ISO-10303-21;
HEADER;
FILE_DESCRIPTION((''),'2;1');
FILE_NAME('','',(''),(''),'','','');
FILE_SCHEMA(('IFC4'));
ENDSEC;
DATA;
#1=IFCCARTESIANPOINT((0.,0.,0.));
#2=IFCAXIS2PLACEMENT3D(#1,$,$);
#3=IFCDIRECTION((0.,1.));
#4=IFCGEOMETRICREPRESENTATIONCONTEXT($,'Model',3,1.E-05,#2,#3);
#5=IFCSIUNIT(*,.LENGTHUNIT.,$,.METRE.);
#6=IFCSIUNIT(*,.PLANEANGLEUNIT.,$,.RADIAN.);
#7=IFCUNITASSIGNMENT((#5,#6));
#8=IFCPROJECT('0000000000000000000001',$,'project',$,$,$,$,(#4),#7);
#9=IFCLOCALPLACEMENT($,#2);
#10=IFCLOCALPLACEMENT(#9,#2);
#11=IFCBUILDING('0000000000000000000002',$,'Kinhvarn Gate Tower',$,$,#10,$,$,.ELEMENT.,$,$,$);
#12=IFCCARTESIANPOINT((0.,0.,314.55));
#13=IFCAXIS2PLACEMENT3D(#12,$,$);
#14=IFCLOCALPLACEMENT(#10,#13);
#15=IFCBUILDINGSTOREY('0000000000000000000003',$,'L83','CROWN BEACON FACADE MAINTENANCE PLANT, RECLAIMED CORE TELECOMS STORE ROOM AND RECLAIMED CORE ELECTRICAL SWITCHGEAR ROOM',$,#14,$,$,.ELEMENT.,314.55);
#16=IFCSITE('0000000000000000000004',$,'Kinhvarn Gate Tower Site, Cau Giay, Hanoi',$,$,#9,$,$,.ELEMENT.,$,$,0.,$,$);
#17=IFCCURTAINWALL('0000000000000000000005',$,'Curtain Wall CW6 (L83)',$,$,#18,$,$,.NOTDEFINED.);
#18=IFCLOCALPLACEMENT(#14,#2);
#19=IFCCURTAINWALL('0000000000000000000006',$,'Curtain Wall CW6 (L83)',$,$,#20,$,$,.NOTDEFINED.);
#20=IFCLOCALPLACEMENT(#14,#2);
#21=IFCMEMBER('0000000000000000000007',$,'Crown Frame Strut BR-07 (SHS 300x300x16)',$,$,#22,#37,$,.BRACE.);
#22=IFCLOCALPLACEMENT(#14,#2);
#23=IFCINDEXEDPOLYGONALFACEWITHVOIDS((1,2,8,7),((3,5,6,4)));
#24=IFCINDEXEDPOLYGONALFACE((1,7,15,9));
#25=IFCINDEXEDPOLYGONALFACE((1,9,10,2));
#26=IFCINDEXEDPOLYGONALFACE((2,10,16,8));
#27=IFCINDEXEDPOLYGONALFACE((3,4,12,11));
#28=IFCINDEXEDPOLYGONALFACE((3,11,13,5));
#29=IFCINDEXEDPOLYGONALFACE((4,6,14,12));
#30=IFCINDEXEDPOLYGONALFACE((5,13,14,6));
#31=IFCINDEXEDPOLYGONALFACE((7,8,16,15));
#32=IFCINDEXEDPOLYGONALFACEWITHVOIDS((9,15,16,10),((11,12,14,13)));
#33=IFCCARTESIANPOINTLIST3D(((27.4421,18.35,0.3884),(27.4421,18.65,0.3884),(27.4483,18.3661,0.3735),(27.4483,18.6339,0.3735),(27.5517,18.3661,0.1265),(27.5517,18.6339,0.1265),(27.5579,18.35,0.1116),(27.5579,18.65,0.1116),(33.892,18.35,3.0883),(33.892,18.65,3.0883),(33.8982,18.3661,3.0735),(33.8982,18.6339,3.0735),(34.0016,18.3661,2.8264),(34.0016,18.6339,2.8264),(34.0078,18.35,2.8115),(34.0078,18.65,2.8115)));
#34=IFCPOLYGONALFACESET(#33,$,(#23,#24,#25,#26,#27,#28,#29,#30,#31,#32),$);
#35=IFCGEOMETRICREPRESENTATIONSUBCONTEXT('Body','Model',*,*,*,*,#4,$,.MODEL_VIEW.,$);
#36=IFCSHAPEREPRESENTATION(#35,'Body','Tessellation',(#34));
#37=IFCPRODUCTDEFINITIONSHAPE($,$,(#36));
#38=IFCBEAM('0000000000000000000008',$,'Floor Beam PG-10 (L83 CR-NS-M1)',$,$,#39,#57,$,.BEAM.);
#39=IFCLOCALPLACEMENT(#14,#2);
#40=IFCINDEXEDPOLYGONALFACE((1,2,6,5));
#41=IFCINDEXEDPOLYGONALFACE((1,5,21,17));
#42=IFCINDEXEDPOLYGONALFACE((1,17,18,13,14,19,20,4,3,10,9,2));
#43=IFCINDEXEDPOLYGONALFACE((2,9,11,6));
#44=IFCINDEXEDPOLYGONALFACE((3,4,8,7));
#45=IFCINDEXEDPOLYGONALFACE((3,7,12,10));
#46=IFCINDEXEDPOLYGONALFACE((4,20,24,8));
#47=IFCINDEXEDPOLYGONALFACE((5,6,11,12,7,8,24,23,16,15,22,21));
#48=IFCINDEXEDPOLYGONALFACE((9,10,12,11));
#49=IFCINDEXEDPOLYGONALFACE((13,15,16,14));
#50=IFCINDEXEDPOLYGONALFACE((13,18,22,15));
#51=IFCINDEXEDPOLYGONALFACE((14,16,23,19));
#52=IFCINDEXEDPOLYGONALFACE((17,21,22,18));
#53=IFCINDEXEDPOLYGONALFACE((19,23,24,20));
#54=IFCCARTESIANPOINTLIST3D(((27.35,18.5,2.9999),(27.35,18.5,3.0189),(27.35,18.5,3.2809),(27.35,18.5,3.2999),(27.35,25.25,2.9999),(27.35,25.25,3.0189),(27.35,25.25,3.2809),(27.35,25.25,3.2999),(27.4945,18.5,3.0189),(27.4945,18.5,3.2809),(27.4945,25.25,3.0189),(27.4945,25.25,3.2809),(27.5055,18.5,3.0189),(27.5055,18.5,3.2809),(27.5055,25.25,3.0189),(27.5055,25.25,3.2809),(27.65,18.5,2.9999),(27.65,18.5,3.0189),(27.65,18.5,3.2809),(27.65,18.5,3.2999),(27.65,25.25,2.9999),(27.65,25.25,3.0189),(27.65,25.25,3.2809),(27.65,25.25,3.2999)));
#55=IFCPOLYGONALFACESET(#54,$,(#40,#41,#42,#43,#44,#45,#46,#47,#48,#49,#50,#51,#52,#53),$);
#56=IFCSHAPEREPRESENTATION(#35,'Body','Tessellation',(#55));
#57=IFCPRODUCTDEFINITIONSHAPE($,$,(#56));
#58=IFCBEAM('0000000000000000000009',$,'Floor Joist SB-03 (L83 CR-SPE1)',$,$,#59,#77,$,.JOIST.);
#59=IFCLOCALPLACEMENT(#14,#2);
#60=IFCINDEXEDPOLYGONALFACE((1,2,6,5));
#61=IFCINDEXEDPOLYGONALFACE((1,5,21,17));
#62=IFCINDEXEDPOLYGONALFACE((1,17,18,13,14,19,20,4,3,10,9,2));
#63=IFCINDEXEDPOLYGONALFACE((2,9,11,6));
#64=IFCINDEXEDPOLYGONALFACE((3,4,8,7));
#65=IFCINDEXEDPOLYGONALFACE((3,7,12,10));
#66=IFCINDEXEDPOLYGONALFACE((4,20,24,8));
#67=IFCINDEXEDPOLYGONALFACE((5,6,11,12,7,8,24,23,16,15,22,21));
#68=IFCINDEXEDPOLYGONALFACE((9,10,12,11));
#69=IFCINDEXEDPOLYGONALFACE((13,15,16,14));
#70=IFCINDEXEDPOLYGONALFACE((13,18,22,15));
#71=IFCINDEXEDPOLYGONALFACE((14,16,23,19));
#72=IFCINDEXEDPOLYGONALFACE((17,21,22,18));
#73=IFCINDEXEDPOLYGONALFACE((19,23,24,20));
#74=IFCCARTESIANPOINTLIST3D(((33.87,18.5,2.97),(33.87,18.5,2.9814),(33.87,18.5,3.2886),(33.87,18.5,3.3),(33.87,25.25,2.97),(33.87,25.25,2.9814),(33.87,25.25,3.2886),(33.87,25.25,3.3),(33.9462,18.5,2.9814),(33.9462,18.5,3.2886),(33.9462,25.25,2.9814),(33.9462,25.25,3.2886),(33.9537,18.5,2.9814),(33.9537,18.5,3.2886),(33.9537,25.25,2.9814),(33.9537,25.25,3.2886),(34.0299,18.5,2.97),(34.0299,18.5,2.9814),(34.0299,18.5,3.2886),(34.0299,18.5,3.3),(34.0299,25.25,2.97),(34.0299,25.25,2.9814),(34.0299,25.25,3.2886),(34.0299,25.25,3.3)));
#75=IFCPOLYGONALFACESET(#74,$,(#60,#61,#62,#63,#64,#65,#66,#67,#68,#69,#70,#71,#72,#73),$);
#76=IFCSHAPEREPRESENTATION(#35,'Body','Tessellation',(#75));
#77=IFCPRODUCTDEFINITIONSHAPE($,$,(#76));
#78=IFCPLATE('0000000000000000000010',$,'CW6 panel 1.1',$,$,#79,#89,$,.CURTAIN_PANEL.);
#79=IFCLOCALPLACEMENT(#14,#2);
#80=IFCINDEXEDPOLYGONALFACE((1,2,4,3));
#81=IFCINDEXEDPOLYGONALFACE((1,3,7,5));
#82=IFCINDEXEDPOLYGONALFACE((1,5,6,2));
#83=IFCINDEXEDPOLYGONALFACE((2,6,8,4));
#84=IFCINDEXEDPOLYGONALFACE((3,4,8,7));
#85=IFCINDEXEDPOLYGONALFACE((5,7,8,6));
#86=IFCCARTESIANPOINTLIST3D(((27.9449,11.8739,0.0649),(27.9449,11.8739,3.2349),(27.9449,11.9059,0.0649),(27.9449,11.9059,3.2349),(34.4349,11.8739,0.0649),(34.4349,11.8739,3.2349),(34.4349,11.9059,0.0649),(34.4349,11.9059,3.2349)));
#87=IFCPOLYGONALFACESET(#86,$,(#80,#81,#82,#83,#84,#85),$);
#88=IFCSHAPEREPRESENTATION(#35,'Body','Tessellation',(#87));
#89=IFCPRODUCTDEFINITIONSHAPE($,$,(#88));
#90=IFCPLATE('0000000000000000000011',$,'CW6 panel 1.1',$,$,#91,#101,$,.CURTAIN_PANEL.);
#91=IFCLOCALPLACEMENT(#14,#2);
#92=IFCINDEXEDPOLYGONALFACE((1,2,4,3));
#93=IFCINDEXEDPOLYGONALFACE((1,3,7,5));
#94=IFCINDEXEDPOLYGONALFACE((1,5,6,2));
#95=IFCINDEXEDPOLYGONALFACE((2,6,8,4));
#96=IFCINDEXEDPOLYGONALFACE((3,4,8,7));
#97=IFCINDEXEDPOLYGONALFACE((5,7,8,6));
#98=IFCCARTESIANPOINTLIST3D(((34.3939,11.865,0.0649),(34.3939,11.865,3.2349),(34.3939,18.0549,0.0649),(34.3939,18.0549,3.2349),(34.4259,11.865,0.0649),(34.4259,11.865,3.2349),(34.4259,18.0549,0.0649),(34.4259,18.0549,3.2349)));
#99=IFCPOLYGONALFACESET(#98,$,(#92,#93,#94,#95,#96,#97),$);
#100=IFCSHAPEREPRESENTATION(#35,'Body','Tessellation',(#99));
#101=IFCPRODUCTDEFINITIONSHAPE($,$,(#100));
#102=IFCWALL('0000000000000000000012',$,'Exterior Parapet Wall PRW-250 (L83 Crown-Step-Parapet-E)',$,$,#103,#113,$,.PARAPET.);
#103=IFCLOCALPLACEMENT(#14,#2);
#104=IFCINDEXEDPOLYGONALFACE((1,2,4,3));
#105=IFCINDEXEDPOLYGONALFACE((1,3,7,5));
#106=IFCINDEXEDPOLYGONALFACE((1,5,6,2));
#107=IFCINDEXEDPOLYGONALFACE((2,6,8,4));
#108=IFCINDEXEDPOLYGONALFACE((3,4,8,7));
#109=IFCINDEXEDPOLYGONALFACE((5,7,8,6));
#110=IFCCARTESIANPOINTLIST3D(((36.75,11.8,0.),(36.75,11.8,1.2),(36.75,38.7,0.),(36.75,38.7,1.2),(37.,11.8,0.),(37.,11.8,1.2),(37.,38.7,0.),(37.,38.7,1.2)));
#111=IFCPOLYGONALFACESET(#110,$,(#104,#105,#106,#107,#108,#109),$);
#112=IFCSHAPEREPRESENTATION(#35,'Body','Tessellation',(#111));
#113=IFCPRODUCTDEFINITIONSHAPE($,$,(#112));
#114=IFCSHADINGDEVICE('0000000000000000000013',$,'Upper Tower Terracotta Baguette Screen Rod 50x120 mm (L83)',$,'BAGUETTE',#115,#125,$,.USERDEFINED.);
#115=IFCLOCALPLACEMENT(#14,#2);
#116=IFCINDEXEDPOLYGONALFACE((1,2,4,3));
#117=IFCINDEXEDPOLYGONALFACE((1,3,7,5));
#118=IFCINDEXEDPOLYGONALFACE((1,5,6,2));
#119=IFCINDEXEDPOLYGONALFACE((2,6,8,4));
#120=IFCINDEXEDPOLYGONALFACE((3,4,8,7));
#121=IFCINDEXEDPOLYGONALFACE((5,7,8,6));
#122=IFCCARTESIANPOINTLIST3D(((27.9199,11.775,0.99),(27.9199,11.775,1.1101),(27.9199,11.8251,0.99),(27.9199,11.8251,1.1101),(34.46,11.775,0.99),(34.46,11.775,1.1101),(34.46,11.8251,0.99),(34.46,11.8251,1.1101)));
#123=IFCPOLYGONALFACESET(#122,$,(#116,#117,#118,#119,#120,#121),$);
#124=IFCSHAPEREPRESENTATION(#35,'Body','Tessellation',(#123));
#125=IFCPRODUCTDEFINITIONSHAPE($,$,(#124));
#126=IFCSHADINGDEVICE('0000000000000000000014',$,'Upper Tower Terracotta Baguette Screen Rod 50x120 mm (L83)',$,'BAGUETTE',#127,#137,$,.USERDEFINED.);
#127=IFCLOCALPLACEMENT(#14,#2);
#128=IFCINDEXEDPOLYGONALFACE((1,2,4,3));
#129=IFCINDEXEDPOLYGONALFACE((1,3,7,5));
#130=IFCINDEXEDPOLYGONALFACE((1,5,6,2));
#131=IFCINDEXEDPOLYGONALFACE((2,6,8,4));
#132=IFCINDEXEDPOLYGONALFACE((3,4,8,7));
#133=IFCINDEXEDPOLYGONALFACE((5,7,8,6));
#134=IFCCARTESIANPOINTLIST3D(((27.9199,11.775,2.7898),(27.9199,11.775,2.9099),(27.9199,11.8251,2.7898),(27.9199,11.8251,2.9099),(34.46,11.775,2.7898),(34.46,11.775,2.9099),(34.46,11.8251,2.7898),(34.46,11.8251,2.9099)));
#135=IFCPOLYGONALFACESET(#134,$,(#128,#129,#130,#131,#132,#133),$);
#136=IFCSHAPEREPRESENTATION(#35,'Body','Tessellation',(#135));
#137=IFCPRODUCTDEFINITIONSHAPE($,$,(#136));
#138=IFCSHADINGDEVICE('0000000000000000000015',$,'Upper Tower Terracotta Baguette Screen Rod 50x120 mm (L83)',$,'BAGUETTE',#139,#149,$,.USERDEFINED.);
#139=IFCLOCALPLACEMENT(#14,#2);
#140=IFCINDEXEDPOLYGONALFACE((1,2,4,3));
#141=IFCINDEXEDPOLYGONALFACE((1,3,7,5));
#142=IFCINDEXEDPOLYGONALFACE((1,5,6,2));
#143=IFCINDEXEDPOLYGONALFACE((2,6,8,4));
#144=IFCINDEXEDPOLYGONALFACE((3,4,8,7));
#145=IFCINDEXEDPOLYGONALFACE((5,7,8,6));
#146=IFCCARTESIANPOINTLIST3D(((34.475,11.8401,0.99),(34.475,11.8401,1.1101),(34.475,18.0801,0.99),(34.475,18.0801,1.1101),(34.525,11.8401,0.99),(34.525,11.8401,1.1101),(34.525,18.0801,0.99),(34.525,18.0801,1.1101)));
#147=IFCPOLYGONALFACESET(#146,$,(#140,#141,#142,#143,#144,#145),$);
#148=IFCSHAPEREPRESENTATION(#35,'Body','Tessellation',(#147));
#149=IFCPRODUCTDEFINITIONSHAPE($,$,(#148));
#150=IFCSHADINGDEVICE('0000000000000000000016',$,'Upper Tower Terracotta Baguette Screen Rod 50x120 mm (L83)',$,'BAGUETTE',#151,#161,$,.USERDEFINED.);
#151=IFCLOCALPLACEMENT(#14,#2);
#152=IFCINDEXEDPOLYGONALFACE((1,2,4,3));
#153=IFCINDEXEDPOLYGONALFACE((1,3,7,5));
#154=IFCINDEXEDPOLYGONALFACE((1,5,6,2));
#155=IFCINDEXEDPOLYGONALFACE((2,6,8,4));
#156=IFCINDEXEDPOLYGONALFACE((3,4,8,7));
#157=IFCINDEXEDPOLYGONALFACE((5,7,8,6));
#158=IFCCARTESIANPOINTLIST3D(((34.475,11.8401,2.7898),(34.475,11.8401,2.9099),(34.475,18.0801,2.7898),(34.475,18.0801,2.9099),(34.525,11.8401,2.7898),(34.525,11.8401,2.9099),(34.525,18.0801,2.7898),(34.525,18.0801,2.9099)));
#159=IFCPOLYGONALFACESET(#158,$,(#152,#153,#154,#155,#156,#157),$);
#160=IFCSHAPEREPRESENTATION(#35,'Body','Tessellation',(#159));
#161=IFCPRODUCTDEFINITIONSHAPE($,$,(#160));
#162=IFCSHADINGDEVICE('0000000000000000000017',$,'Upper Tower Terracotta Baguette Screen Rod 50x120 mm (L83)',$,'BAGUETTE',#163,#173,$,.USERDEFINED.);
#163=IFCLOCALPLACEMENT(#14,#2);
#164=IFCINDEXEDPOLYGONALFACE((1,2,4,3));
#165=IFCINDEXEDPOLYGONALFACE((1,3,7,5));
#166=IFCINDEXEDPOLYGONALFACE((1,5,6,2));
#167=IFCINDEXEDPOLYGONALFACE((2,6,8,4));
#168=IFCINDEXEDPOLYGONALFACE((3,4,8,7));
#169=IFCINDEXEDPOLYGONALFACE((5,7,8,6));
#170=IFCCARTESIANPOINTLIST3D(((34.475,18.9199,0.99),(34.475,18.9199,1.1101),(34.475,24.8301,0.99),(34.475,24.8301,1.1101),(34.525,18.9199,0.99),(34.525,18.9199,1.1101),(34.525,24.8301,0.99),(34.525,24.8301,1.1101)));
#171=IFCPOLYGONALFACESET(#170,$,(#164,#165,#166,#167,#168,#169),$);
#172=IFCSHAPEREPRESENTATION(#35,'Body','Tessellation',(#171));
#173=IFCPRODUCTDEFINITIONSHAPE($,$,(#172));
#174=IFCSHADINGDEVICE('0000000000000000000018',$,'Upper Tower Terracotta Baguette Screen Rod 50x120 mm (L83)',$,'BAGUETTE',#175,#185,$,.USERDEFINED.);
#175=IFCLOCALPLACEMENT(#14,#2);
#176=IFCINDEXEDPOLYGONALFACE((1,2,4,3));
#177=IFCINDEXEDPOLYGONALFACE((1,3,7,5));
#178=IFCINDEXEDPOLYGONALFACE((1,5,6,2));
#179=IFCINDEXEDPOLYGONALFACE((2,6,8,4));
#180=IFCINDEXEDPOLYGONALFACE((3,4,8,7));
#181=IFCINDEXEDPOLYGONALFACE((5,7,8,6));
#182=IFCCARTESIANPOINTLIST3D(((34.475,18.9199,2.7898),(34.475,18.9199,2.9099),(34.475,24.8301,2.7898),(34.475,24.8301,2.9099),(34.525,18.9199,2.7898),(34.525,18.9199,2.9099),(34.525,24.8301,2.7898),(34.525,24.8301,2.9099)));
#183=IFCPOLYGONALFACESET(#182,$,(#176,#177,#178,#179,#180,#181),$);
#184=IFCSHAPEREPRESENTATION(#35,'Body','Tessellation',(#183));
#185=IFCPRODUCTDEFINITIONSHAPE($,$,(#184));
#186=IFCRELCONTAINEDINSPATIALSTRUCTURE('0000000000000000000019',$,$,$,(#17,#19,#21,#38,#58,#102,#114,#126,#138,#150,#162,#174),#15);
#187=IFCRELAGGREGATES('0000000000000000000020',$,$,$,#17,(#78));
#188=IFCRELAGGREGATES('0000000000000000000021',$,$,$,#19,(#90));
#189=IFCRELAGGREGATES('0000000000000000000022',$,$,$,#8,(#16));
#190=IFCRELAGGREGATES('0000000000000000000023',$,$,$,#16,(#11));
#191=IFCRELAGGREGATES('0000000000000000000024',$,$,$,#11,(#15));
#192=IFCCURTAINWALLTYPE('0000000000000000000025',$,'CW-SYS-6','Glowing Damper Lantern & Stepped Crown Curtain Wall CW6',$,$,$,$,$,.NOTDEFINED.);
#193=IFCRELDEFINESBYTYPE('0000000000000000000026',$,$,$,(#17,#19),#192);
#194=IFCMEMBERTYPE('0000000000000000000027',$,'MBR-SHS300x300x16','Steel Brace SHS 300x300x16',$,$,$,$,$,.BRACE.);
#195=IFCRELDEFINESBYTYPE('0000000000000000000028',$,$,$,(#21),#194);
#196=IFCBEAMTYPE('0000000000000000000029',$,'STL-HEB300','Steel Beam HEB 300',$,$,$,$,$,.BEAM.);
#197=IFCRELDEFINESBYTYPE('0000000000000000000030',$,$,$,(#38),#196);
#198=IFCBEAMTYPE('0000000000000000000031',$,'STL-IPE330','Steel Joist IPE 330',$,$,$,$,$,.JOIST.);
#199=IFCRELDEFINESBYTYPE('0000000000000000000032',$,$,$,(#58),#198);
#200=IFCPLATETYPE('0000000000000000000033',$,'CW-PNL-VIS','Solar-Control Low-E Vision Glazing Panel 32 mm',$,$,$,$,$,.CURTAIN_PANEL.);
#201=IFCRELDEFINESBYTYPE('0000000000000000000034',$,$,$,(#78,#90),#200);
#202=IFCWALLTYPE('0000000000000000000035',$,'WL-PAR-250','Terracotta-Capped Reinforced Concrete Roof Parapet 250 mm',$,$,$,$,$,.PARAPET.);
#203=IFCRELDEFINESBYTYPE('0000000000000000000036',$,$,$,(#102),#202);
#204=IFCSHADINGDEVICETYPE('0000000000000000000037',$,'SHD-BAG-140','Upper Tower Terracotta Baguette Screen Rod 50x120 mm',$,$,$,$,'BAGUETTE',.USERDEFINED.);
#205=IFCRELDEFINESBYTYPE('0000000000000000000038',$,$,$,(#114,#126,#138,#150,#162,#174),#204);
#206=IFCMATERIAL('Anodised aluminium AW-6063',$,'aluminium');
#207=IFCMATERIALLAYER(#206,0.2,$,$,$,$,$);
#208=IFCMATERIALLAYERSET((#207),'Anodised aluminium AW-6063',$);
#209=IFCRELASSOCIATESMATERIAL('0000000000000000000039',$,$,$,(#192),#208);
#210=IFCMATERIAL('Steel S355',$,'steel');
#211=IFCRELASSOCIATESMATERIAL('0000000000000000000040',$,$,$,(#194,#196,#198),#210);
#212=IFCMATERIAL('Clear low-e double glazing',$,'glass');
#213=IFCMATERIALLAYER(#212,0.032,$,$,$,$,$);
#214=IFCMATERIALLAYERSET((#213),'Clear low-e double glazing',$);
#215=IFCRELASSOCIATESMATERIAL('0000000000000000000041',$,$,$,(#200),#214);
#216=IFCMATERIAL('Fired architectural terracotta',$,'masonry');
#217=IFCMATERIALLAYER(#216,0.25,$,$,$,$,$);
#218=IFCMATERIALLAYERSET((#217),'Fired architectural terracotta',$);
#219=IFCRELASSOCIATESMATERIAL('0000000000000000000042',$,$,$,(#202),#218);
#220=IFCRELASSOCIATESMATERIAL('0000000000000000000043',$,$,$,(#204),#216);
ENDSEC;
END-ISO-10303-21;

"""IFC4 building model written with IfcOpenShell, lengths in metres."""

from ifc_helpers import new_model, si_unit, direction, frame, frame_2d, origin, origin_2d, place, context, subcontext, project, spatial, rectangle, hollow_rectangle, i_section, extrude, material, layer, layer_set, material_profile, profile_set, type_object, element, aggregate, save


model = new_model("IFC4")

# Units and contexts
model_context = context("Model", 3, precision=1e-05, world=origin(), true_north=direction((0.0, 1.0)))
body_context = subcontext(model_context, "Body", "Model", "MODEL_VIEW")
ifc_project = project(units=[si_unit("LENGTHUNIT", "METRE"), si_unit("PLANEANGLEUNIT", "RADIAN")], contexts=[model_context])

# Site, building, storey
site_placement = place(None, origin())
site = spatial("IfcSite", under=ifc_project, at=site_placement, Name="Kinhvarn Gate Tower Site, Cau Giay, Hanoi", CompositionType="ELEMENT", RefElevation=0.0)
building_placement = place(site_placement, origin())
building = spatial("IfcBuilding", under=site, at=building_placement, Name="Kinhvarn Gate Tower", CompositionType="ELEMENT")
storey_placement = place(building_placement, frame((0.0, 0.0, 314.55)))
storey = spatial("IfcBuildingStorey", under=building, at=storey_placement, Name="L83", Description="CROWN BEACON FACADE MAINTENANCE PLANT, RECLAIMED CORE TELECOMS STORE ROOM AND RECLAIMED CORE ELECTRICAL SWITCHGEAR ROOM", CompositionType="ELEMENT", Elevation=314.55)

# Curtain walls
ifc_material_1 = material(Name="Anodised aluminium AW-6063", Category="aluminium")
ifc_layer_1 = layer(ifc_material_1, 0.2)
ifc_layer_set_1 = layer_set([ifc_layer_1], Name="Anodised aluminium AW-6063")
curtain_wall_type = type_object("IfcCurtainWallType", Name="CW-SYS-6", Description="Glowing Damper Lantern & Stepped Crown Curtain Wall CW6", PredefinedType="NOTDEFINED", material=ifc_layer_set_1)
curtain_wall_1_placement = place(storey_placement, origin())
curtain_wall_1 = element("IfcCurtainWall", 1, at=curtain_wall_1_placement, inside=storey, type_object=curtain_wall_type, Name="Curtain Wall CW6 (L83)", PredefinedType="NOTDEFINED")
curtain_wall_2_placement = place(storey_placement, origin())
curtain_wall_2 = element("IfcCurtainWall", 2, at=curtain_wall_2_placement, inside=storey, type_object=curtain_wall_type, Name="Curtain Wall CW6 (L83)", PredefinedType="NOTDEFINED")

# Member
ifc_material_2 = material(Name="Steel S355", Category="steel")
ifc_material_profile_1 = material_profile(ifc_material_2, hollow_rectangle(XDim=0.3, YDim=0.3, WallThickness=0.0161, at=origin_2d()), Name="SHS 300x300x16")
ifc_profile_set_1 = profile_set([ifc_material_profile_1], Name="Steel S355")
member_type_1 = type_object("IfcMemberType", Name="MBR-SHS300x300x16", Description="Steel Brace SHS 300x300x16", PredefinedType="BRACE", material=ifc_profile_set_1)
member_1_placement = place(storey_placement, frame((27.5, 18.5, 0.25), z_axis=(0.922442, 0.0, 0.386135), x_axis=(0.0, 1.0, 0.0)))
element("IfcMember", 3, at=member_1_placement, inside=storey, type_object=member_type_1, Name="Crown Frame Strut BR-07 (SHS 300x300x16)", PredefinedType="BRACE", context=body_context, shape_type="SweptSolid", body=[
    extrude(hollow_rectangle(XDim=0.3, YDim=0.3, WallThickness=0.0161, at=origin_2d()), origin(), (0.0, 0.0, 1.0), 6.9922),
])

# Beams
ifc_material_profile_2 = material_profile(ifc_material_2, i_section(OverallWidth=0.3, OverallDepth=0.3, WebThickness=0.011, FlangeThickness=0.019, at=origin_2d()), Name="HEB 300")
ifc_profile_set_2 = profile_set([ifc_material_profile_2], Name="Steel S355")
beam_type_1 = type_object("IfcBeamType", Name="STL-HEB300", Description="Steel Beam HEB 300", PredefinedType="BEAM", material=ifc_profile_set_2)
beam_1_placement = place(storey_placement, frame((27.5, 18.5, 3.1499), z_axis=(0.0, 1.0, 0.0), x_axis=(-1.0, 0.0, 0.0)))
element("IfcBeam", 4, at=beam_1_placement, inside=storey, type_object=beam_type_1, Name="Floor Beam PG-10 (L83 CR-NS-M1)", PredefinedType="BEAM", context=body_context, shape_type="SweptSolid", body=[
    extrude(i_section(OverallWidth=0.3, OverallDepth=0.3, WebThickness=0.011, FlangeThickness=0.019, at=origin_2d()), origin(), (0.0, 0.0, 1.0), 6.75),
])
ifc_material_profile_3 = material_profile(ifc_material_2, i_section(OverallWidth=0.1599, OverallDepth=0.3301, WebThickness=0.0076, FlangeThickness=0.0115, at=origin_2d()), Name="IPE 330")
ifc_profile_set_3 = profile_set([ifc_material_profile_3], Name="Steel S355")
beam_type_2 = type_object("IfcBeamType", Name="STL-IPE330", Description="Steel Joist IPE 330", PredefinedType="JOIST", material=ifc_profile_set_3)
beam_2_placement = place(storey_placement, frame((33.95, 18.5, 3.135), z_axis=(0.0, 1.0, 0.0), x_axis=(-1.0, 0.0, 0.0)))
element("IfcBeam", 5, at=beam_2_placement, inside=storey, type_object=beam_type_2, Name="Floor Joist SB-03 (L83 CR-SPE1)", PredefinedType="JOIST", context=body_context, shape_type="SweptSolid", body=[
    extrude(i_section(OverallWidth=0.1599, OverallDepth=0.3301, WebThickness=0.0076, FlangeThickness=0.0115, at=origin_2d()), origin(), (0.0, 0.0, 1.0), 6.75),
])

# Plates
ifc_material_3 = material(Name="Clear low-e double glazing", Category="glass")
ifc_layer_2 = layer(ifc_material_3, 0.032)
ifc_layer_set_2 = layer_set([ifc_layer_2], Name="Clear low-e double glazing")
plate_type = type_object("IfcPlateType", Name="CW-PNL-VIS", Description="Solar-Control Low-E Vision Glazing Panel 32 mm", PredefinedType="CURTAIN_PANEL", material=ifc_layer_set_2)
plate_1_placement = place(storey_placement, frame((31.1899, 11.8899, 0.0649), z_axis=(0.0, 0.0, 1.0), x_axis=(1.0, 0.0, 0.0)))
plate_1 = element("IfcPlate", 6, at=plate_1_placement, type_object=plate_type, Name="CW6 panel 1.1", PredefinedType="CURTAIN_PANEL", context=body_context, shape_type="SweptSolid", body=[
    extrude(rectangle(XDim=6.49, YDim=0.032, at=origin_2d()), origin(), (0.0, 0.0, 1.0), 3.1699),
])
aggregate(curtain_wall_1, [plate_1])
plate_2_placement = place(storey_placement, frame((34.4099, 14.96, 0.0649), z_axis=(0.0, 0.0, 1.0), x_axis=(0.0, 1.0, 0.0)))
plate_2 = element("IfcPlate", 7, at=plate_2_placement, type_object=plate_type, Name="CW6 panel 1.1", PredefinedType="CURTAIN_PANEL", context=body_context, shape_type="SweptSolid", body=[
    extrude(rectangle(XDim=6.1899, YDim=0.032, at=origin_2d()), origin(), (0.0, 0.0, 1.0), 3.1699),
])
aggregate(curtain_wall_2, [plate_2])

# Wall
ifc_material_4 = material(Name="Fired architectural terracotta", Category="masonry")
ifc_layer_3 = layer(ifc_material_4, 0.25)
ifc_layer_set_3 = layer_set([ifc_layer_3], Name="Fired architectural terracotta")
wall_type = type_object("IfcWallType", Name="WL-PAR-250", Description="Terracotta-Capped Reinforced Concrete Roof Parapet 250 mm", PredefinedType="PARAPET", material=ifc_layer_set_3)
wall_placement = place(storey_placement, frame((36.875, 11.8, 0.0), z_axis=(0.0, 0.0, 1.0), x_axis=(0.0, 1.0, 0.0)))
element("IfcWall", 8, at=wall_placement, inside=storey, type_object=wall_type, Name="Exterior Parapet Wall PRW-250 (L83 Crown-Step-Parapet-E)", PredefinedType="PARAPET", context=body_context, shape_type="SweptSolid", body=[
    extrude(rectangle(XDim=26.8999, YDim=0.25, at=frame_2d((13.45, 0.0))), origin(), (0.0, 0.0, 1.0), 1.2),
])

# Shading devices
ifc_material_profile_4 = material_profile(ifc_material_4, rectangle(XDim=0.05, YDim=0.1201, at=origin_2d()), Name="TC 50x120")
ifc_profile_set_4 = profile_set([ifc_material_profile_4], Name="Fired architectural terracotta")
shading_device_type = type_object("IfcShadingDeviceType", Name="SHD-BAG-140", Description="Upper Tower Terracotta Baguette Screen Rod 50x120 mm", ElementType="BAGUETTE", PredefinedType="USERDEFINED", material=ifc_profile_set_4)
for number, where, z_axis, x_axis, name in (
    (9, (27.9199, 11.8, 1.05), (1.0, 0.0, 0.0), (0.0, 1.0, 0.0), "Upper Tower Terracotta Baguette Screen Rod 50x120 mm (L83)"),
    (10, (27.9199, 11.8, 2.8499), (1.0, 0.0, 0.0), (0.0, 1.0, 0.0), "Upper Tower Terracotta Baguette Screen Rod 50x120 mm (L83)"),
):
    element("IfcShadingDevice", number, at=place(storey_placement, frame(where, z_axis=z_axis, x_axis=x_axis)), inside=storey, type_object=shading_device_type, Name=name, ObjectType="BAGUETTE", PredefinedType="USERDEFINED", context=body_context, shape_type="SweptSolid", body=[
        extrude(rectangle(XDim=0.05, YDim=0.1201, at=origin_2d()), origin(), (0.0, 0.0, 1.0), 6.54),
    ])
for number, where, z_axis, x_axis, name in (
    (11, (34.5, 11.8401, 1.05), (0.0, 1.0, 0.0), (-1.0, 0.0, 0.0), "Upper Tower Terracotta Baguette Screen Rod 50x120 mm (L83)"),
    (12, (34.5, 11.8401, 2.8499), (0.0, 1.0, 0.0), (-1.0, 0.0, 0.0), "Upper Tower Terracotta Baguette Screen Rod 50x120 mm (L83)"),
):
    element("IfcShadingDevice", number, at=place(storey_placement, frame(where, z_axis=z_axis, x_axis=x_axis)), inside=storey, type_object=shading_device_type, Name=name, ObjectType="BAGUETTE", PredefinedType="USERDEFINED", context=body_context, shape_type="SweptSolid", body=[
        extrude(rectangle(XDim=0.05, YDim=0.1201, at=origin_2d()), origin(), (0.0, 0.0, 1.0), 6.24),
    ])
for number, where, z_axis, x_axis, name in (
    (13, (34.5, 18.9199, 1.05), (0.0, 1.0, 0.0), (-1.0, 0.0, 0.0), "Upper Tower Terracotta Baguette Screen Rod 50x120 mm (L83)"),
    (14, (34.5, 18.9199, 2.8499), (0.0, 1.0, 0.0), (-1.0, 0.0, 0.0), "Upper Tower Terracotta Baguette Screen Rod 50x120 mm (L83)"),
):
    element("IfcShadingDevice", number, at=place(storey_placement, frame(where, z_axis=z_axis, x_axis=x_axis)), inside=storey, type_object=shading_device_type, Name=name, ObjectType="BAGUETTE", PredefinedType="USERDEFINED", context=body_context, shape_type="SweptSolid", body=[
        extrude(rectangle(XDim=0.05, YDim=0.1201, at=origin_2d()), origin(), (0.0, 0.0, 1.0), 5.9102),
    ])

save(model, "model.ifc")
